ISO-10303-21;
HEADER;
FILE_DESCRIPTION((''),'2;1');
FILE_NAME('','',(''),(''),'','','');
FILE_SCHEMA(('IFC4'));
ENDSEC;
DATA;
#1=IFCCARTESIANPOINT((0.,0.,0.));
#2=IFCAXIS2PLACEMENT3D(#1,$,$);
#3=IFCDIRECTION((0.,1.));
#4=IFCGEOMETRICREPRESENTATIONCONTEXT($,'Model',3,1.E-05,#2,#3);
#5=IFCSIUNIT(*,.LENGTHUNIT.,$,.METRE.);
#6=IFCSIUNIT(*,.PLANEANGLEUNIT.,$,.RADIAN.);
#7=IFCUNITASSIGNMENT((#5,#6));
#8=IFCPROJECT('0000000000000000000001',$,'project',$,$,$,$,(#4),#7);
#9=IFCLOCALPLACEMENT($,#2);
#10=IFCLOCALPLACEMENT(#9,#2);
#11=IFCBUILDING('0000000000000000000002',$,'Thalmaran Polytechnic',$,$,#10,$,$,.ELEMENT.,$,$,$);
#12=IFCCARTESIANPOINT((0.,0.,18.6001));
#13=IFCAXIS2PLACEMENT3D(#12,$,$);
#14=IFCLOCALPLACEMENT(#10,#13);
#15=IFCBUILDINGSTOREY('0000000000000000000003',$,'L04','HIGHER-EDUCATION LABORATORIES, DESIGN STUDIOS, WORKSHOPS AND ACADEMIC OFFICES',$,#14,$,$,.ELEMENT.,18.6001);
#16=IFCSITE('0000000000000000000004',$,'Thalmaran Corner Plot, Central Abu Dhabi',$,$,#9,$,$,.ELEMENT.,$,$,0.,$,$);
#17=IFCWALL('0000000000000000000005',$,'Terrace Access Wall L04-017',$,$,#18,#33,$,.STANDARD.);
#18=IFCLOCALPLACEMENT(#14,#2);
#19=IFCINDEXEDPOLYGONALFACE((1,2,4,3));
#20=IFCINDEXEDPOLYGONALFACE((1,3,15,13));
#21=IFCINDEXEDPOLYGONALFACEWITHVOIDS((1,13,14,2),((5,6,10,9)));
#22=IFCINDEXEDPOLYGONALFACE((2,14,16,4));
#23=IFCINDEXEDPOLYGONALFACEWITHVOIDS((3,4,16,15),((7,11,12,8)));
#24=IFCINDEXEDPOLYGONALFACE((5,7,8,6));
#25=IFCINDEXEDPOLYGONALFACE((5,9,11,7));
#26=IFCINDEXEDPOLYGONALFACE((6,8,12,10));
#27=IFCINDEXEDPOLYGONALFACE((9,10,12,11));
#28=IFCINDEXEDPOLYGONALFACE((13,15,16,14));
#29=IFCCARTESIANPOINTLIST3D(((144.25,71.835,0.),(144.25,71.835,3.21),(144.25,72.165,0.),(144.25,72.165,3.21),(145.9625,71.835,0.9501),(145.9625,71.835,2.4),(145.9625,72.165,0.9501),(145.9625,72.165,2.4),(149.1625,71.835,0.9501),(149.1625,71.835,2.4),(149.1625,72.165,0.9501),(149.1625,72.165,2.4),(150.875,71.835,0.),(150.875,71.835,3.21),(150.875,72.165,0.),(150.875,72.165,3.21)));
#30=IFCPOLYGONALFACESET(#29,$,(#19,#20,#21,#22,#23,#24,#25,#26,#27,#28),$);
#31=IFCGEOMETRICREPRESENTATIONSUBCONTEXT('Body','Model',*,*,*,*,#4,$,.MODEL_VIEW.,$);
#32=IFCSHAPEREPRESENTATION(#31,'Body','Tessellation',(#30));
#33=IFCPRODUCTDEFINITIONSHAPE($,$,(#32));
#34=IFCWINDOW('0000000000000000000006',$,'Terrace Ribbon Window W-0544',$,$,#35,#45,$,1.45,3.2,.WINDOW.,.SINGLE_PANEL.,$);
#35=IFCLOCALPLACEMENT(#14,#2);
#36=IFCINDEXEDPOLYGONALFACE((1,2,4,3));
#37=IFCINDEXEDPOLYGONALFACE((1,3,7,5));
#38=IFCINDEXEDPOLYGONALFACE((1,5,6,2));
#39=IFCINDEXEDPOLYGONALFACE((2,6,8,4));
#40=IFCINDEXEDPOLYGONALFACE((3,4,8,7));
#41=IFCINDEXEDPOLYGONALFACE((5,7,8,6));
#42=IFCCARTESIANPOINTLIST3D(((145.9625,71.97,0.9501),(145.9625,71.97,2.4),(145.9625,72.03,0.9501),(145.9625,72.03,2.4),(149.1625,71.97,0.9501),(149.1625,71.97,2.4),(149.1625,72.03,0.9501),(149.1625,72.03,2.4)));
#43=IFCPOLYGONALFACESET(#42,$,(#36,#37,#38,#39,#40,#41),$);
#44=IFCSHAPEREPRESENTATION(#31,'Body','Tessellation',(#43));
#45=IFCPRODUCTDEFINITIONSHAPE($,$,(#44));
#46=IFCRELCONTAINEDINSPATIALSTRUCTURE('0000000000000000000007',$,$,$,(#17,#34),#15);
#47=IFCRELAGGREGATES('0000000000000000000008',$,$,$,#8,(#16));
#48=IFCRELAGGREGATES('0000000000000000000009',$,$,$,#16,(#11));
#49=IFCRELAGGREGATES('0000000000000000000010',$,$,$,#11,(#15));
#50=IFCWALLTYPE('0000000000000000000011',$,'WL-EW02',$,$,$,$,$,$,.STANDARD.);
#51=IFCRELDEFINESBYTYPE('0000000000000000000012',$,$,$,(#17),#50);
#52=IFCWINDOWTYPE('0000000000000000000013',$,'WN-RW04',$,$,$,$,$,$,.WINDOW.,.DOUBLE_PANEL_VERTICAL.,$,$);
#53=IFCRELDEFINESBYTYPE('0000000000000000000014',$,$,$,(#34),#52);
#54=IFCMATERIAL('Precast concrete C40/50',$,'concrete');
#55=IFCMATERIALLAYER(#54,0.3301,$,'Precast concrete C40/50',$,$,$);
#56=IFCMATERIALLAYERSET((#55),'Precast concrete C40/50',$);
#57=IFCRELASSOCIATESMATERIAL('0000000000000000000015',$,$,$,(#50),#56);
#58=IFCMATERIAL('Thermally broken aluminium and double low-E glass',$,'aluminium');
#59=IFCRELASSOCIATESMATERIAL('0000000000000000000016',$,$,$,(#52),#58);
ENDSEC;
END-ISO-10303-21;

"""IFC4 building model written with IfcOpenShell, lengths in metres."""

from ifc_helpers import new_model, si_unit, direction, frame, frame_2d, origin, place, context, subcontext, project, spatial, rectangle, extrude, material, layer, layer_set, type_object, element, fill, save


model = new_model("IFC4")

# Units and contexts
model_context = context("Model", 3, precision=1e-05, world=origin(), true_north=direction((0.0, 1.0)))
body_context = subcontext(model_context, "Body", "Model", "MODEL_VIEW")
ifc_project = project(units=[si_unit("LENGTHUNIT", "METRE"), si_unit("PLANEANGLEUNIT", "RADIAN")], contexts=[model_context])

# Site, building, storey
site_placement = place(None, origin())
site = spatial("IfcSite", under=ifc_project, at=site_placement, Name="Thalmaran Corner Plot, Central Abu Dhabi", CompositionType="ELEMENT", RefElevation=0.0)
building_placement = place(site_placement, origin())
building = spatial("IfcBuilding", under=site, at=building_placement, Name="Thalmaran Polytechnic", CompositionType="ELEMENT")
storey_placement = place(building_placement, frame((0.0, 0.0, 18.6001)))
storey = spatial("IfcBuildingStorey", under=building, at=storey_placement, Name="L04", Description="HIGHER-EDUCATION LABORATORIES, DESIGN STUDIOS, WORKSHOPS AND ACADEMIC OFFICES", CompositionType="ELEMENT", Elevation=18.6001)

# Shared definitions
ifc_material_1 = material(Name="Precast concrete C40/50", Category="concrete")
ifc_layer = layer(ifc_material_1, 0.3301, Name="Precast concrete C40/50")
ifc_layer_set = layer_set([ifc_layer], Name="Precast concrete C40/50")
wall_type = type_object("IfcWallType", Name="WL-EW02", PredefinedType="STANDARD", material=ifc_layer_set)

# Wall, opening, window
ifc_material_2 = material(Name="Thermally broken aluminium and double low-E glass", Category="aluminium")
window_type = type_object("IfcWindowType", Name="WN-RW04", PartitioningType="DOUBLE_PANEL_VERTICAL", PredefinedType="WINDOW", material=ifc_material_2)
wall_1_placement = place(storey_placement, frame((150.875, 72.0, 0.0), z_axis=(0.0, 0.0, 1.0), x_axis=(-1.0, 0.0, 0.0)))
wall_1 = element("IfcWall", 1, at=wall_1_placement, inside=storey, type_object=wall_type, Name="Terrace Access Wall L04-017", PredefinedType="STANDARD", context=body_context, shape_type="SweptSolid", body=[
    extrude(rectangle(XDim=6.625, YDim=0.3301, at=frame_2d((3.3125, 0.0))), origin(), (0.0, 0.0, 1.0), 3.21),
])
opening_1_placement = place(wall_1_placement, frame((1.7124, 0.0, 0.95)))
opening_1 = element("IfcOpeningElement", 2, at=opening_1_placement, cuts=wall_1, PredefinedType="OPENING", context=body_context, shape_type="SweptSolid", body=[
    extrude(rectangle(XDim=3.2, YDim=1.45, at=frame_2d((1.6001, 0.7251))), frame((0.0, 0.175, 0.0), z_axis=(0.0, -1.0, 0.0), x_axis=(1.0, 0.0, 0.0)), (0.0, 0.0, 1.0), 0.3501),
])
window_1_placement = place(opening_1_placement, origin())
window_1 = element("IfcWindow", 3, at=window_1_placement, inside=storey, type_object=window_type, Name="Terrace Ribbon Window W-0544", OverallHeight=1.45, OverallWidth=3.2, PartitioningType="SINGLE_PANEL", PredefinedType="WINDOW", context=body_context, shape_type="SweptSolid", body=[
    extrude(rectangle(XDim=3.2, YDim=1.45, at=frame_2d((1.6001, 0.7251))), frame((0.0, 0.03, 0.0), z_axis=(0.0, -1.0, 0.0), x_axis=(1.0, 0.0, 0.0)), (0.0, 0.0, 1.0), 0.0601),
])
fill(opening_1, window_1)

save(model, "model.ifc")
